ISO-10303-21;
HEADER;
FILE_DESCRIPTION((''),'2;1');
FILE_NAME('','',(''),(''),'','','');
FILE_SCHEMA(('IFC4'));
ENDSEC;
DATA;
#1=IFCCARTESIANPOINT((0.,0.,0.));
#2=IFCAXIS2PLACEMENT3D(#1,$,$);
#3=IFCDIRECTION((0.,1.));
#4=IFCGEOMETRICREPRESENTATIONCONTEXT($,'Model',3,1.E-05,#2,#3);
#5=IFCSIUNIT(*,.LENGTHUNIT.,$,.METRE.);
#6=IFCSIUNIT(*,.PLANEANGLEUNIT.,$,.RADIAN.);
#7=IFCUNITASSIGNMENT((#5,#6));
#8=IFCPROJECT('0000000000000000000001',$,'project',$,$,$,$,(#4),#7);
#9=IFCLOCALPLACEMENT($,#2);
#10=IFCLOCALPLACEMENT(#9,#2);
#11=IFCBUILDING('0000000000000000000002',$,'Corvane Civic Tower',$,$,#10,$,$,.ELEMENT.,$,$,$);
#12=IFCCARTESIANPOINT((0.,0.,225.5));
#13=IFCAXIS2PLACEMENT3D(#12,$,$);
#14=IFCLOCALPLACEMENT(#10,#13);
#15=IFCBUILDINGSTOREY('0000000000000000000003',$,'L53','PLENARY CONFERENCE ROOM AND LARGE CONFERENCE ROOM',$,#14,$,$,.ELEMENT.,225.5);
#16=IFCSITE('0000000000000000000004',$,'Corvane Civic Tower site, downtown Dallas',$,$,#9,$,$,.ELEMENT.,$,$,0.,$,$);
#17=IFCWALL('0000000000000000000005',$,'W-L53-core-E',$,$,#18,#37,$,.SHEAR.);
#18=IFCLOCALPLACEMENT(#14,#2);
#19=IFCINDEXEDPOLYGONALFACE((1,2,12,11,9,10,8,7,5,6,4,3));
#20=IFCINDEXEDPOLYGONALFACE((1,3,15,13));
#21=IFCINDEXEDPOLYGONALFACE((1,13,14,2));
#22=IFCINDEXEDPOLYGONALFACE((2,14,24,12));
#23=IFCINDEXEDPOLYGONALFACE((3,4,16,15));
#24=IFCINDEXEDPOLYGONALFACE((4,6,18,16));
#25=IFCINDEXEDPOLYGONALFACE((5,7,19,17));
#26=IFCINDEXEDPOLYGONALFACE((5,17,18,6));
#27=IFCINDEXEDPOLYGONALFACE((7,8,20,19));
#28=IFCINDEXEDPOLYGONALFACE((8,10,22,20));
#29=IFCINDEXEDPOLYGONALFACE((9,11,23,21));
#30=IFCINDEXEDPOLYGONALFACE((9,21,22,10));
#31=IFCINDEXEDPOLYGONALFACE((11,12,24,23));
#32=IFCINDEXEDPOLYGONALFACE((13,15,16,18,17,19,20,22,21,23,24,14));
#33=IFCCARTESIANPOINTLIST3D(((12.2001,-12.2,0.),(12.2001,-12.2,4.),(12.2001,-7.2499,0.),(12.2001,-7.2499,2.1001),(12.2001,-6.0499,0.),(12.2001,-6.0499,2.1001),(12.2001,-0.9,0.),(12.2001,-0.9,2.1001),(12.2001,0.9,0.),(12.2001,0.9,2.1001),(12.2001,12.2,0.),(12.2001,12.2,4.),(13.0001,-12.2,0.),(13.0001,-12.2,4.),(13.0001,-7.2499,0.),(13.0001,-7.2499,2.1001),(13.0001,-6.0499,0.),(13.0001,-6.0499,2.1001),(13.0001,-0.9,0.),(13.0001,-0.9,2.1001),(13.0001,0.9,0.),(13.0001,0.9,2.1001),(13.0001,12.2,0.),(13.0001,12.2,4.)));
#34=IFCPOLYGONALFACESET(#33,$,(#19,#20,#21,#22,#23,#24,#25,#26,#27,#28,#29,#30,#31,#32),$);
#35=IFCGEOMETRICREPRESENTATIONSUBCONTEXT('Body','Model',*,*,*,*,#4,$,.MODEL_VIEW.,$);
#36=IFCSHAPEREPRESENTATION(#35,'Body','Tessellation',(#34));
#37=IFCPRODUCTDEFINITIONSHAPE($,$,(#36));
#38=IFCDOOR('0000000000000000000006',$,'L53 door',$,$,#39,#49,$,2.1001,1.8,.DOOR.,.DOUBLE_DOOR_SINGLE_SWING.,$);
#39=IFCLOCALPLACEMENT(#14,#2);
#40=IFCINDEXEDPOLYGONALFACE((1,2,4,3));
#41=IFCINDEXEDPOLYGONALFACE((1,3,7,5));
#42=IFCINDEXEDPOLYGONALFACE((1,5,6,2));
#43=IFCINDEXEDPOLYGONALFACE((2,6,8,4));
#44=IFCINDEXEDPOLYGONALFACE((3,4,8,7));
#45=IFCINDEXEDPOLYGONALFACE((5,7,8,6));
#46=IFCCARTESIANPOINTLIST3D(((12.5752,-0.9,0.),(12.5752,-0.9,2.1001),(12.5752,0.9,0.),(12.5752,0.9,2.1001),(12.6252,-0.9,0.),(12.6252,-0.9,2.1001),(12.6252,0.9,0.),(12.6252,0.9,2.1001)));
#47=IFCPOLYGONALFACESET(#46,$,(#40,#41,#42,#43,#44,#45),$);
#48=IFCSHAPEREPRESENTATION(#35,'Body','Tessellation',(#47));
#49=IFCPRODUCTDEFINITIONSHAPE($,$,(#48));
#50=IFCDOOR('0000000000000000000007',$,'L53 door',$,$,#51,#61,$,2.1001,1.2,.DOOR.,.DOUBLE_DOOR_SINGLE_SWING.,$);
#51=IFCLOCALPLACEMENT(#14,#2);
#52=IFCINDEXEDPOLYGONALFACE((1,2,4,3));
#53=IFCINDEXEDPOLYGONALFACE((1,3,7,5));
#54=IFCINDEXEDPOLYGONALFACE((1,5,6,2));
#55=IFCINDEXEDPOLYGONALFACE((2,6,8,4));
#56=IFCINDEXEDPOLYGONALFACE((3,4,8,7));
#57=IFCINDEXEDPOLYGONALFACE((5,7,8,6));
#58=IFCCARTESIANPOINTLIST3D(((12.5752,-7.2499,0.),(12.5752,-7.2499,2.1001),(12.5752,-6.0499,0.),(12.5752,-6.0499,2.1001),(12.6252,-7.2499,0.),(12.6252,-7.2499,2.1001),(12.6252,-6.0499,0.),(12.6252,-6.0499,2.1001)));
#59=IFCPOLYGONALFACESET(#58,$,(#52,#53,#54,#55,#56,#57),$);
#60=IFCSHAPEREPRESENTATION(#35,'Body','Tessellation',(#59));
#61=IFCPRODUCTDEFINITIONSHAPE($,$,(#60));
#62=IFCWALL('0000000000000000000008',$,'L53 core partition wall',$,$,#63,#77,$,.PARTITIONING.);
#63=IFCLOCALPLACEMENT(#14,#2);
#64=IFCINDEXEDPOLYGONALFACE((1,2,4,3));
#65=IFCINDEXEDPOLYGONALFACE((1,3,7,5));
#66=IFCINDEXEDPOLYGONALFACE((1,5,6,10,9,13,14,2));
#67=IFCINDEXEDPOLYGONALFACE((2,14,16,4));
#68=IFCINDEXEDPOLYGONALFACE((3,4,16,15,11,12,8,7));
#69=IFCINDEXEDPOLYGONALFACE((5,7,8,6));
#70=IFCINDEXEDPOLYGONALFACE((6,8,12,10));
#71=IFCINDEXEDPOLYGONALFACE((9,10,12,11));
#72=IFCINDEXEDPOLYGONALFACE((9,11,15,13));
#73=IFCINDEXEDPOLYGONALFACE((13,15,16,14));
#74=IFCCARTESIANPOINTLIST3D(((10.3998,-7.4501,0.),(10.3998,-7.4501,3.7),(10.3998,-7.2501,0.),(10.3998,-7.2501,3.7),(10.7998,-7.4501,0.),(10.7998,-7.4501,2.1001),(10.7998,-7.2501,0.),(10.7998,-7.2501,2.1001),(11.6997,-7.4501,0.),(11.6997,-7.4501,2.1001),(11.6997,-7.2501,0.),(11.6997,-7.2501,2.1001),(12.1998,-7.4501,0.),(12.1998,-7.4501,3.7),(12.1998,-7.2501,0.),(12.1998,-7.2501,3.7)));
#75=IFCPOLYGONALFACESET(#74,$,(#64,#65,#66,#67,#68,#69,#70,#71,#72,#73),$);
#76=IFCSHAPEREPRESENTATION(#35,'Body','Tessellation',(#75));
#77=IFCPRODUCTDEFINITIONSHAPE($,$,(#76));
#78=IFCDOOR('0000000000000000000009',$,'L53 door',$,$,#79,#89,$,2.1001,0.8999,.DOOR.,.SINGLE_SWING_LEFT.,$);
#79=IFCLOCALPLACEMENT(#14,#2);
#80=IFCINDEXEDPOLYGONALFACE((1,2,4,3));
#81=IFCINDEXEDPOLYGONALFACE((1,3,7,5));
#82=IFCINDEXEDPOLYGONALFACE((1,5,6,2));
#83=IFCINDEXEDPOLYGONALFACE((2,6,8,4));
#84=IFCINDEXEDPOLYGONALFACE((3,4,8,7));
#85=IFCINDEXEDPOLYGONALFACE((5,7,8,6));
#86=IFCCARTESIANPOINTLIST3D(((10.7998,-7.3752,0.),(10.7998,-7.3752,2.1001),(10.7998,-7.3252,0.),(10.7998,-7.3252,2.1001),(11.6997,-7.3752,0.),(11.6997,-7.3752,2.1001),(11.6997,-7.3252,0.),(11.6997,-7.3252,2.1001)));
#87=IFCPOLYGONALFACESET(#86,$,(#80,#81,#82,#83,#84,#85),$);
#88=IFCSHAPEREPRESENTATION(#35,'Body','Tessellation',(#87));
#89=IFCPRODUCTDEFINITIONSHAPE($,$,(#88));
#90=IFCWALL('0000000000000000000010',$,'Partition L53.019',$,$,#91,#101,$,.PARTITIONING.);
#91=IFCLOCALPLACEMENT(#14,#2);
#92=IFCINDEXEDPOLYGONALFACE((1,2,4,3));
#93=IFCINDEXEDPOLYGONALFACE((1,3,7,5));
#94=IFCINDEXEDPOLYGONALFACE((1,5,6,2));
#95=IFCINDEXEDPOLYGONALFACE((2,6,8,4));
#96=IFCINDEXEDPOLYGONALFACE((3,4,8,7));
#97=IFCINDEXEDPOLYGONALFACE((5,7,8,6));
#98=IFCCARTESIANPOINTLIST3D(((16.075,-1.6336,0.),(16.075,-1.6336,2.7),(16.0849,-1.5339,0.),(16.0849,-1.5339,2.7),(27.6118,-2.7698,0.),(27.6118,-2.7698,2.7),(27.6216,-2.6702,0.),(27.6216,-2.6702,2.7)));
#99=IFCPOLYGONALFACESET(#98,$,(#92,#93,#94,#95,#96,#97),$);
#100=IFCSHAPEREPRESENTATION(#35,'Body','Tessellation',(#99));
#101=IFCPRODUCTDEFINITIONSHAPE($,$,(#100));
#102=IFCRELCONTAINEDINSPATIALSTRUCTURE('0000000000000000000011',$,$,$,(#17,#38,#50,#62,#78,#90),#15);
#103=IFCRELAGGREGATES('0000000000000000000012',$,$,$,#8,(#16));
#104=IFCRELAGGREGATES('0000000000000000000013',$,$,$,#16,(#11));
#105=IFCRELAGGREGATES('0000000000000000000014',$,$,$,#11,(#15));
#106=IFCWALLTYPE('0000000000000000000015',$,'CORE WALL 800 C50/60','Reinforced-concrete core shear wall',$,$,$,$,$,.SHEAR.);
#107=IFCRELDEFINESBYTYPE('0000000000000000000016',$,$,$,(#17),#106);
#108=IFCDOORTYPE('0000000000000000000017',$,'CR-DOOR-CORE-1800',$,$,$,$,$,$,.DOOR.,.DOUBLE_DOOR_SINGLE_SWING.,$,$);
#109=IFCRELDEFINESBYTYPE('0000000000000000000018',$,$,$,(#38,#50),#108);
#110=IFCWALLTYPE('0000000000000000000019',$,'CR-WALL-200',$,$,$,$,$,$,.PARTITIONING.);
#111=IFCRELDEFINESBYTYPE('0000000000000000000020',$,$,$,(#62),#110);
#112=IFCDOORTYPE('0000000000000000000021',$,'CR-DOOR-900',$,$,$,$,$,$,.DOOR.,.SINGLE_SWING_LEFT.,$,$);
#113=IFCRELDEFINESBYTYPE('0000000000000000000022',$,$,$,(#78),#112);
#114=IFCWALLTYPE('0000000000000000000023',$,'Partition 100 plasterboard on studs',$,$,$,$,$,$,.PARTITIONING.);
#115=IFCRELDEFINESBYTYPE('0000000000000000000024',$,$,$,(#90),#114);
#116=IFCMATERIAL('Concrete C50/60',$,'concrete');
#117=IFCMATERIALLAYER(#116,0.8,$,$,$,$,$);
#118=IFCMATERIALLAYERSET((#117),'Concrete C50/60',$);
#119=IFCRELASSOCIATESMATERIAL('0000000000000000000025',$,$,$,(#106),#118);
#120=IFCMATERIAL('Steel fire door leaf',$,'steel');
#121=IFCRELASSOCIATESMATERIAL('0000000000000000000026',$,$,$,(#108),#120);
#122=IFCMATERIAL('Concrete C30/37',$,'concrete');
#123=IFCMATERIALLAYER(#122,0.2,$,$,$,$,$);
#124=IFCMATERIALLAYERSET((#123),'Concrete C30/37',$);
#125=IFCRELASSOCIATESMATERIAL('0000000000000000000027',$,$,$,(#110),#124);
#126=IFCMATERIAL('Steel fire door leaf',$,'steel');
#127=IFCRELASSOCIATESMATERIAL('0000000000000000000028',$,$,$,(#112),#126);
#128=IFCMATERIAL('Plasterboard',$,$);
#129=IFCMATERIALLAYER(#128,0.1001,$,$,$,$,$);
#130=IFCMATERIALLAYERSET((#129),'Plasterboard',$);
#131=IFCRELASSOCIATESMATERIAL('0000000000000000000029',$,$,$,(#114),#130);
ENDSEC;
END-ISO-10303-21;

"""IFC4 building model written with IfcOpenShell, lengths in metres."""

from ifc_helpers import new_model, si_unit, direction, frame, frame_2d, origin, place, context, subcontext, project, spatial, rectangle, extrude, material, layer, layer_set, type_object, element, fill, save


model = new_model("IFC4")

# Units and contexts
model_context = context("Model", 3, precision=1e-05, world=origin(), true_north=direction((0.0, 1.0)))
body_context = subcontext(model_context, "Body", "Model", "MODEL_VIEW")
ifc_project = project(units=[si_unit("LENGTHUNIT", "METRE"), si_unit("PLANEANGLEUNIT", "RADIAN")], contexts=[model_context])

# Site, building, storey
site_placement = place(None, origin())
site = spatial("IfcSite", under=ifc_project, at=site_placement, Name="Corvane Civic Tower site, downtown Dallas", CompositionType="ELEMENT", RefElevation=0.0)
building_placement = place(site_placement, origin())
building = spatial("IfcBuilding", under=site, at=building_placement, Name="Corvane Civic Tower", CompositionType="ELEMENT")
storey_placement = place(building_placement, frame((0.0, 0.0, 225.5)))
storey = spatial("IfcBuildingStorey", under=building, at=storey_placement, Name="L53", Description="PLENARY CONFERENCE ROOM AND LARGE CONFERENCE ROOM", CompositionType="ELEMENT", Elevation=225.5)

# Wall, openings, doors
ifc_material_1 = material(Name="Concrete C50/60", Category="concrete")
ifc_layer_1 = layer(ifc_material_1, 0.8)
ifc_layer_set_1 = layer_set([ifc_layer_1], Name="Concrete C50/60")
wall_type_1 = type_object("IfcWallType", Name="CORE WALL 800 C50/60", Description="Reinforced-concrete core shear wall", PredefinedType="SHEAR", material=ifc_layer_set_1)
wall_1_placement = place(storey_placement, frame((12.6001, -12.2, 0.0), z_axis=(0.0, 0.0, 1.0), x_axis=(0.0, 1.0, 0.0)))
wall_1 = element("IfcWall", 1, at=wall_1_placement, inside=storey, type_object=wall_type_1, Name="W-L53-core-E", PredefinedType="SHEAR", context=body_context, shape_type="SweptSolid", body=[
    extrude(rectangle(XDim=24.3999, YDim=0.8, at=frame_2d((12.2, 0.0))), origin(), (0.0, 0.0, 1.0), 4.0),
])
opening_1_placement = place(wall_1_placement, frame((11.3, 0.0, 0.0)))
opening_1 = element("IfcOpeningElement", 2, at=opening_1_placement, cuts=wall_1, PredefinedType="OPENING", context=body_context, shape_type="SweptSolid", body=[
    extrude(rectangle(XDim=1.8, YDim=2.1001, at=frame_2d((0.8999, 1.05))), frame((0.0, 0.4099, 0.0), z_axis=(0.0, -1.0, 0.0), x_axis=(1.0, 0.0, 0.0)), (0.0, 0.0, 1.0), 0.8201),
])
opening_2_placement = place(wall_1_placement, frame((4.95, 0.0, 0.0)))
opening_2 = element("IfcOpeningElement", 3, at=opening_2_placement, cuts=wall_1, PredefinedType="OPENING", context=body_context, shape_type="SweptSolid", body=[
    extrude(rectangle(XDim=1.2, YDim=2.1001, at=frame_2d((0.6001, 1.05))), frame((0.0, 0.4099, 0.0), z_axis=(0.0, -1.0, 0.0), x_axis=(1.0, 0.0, 0.0)), (0.0, 0.0, 1.0), 0.8201),
])
ifc_material_2 = material(Name="Steel fire door leaf", Category="steel")
door_type_1 = type_object("IfcDoorType", Name="CR-DOOR-CORE-1800", OperationType="DOUBLE_DOOR_SINGLE_SWING", PredefinedType="DOOR", material=ifc_material_2)
door_1_placement = place(opening_1_placement, origin())
door_1 = element("IfcDoor", 4, at=door_1_placement, inside=storey, type_object=door_type_1, Name="L53 door", OperationType="DOUBLE_DOOR_SINGLE_SWING", OverallHeight=2.1001, OverallWidth=1.8, PredefinedType="DOOR", context=body_context, shape_type="SweptSolid", body=[
    extrude(rectangle(XDim=1.8, YDim=2.1001, at=frame_2d((0.8999, 1.05))), frame((0.0, 0.0249, 0.0), z_axis=(0.0, -1.0, 0.0), x_axis=(1.0, 0.0, 0.0)), (0.0, 0.0, 1.0), 0.05),
])
fill(opening_1, door_1)
door_2_placement = place(opening_2_placement, origin())
door_2 = element("IfcDoor", 5, at=door_2_placement, inside=storey, type_object=door_type_1, Name="L53 door", OperationType="DOUBLE_DOOR_SINGLE_SWING", OverallHeight=2.1001, OverallWidth=1.2, PredefinedType="DOOR", context=body_context, shape_type="SweptSolid", body=[
    extrude(rectangle(XDim=1.2, YDim=2.1001, at=frame_2d((0.6001, 1.05))), frame((0.0, 0.0249, 0.0), z_axis=(0.0, -1.0, 0.0), x_axis=(1.0, 0.0, 0.0)), (0.0, 0.0, 1.0), 0.05),
])
fill(opening_2, door_2)

# Wall, opening, door
ifc_material_3 = material(Name="Concrete C30/37", Category="concrete")
ifc_layer_2 = layer(ifc_material_3, 0.2)
ifc_layer_set_2 = layer_set([ifc_layer_2], Name="Concrete C30/37")
wall_type_2 = type_object("IfcWallType", Name="CR-WALL-200", PredefinedType="PARTITIONING", material=ifc_layer_set_2)
wall_2_placement = place(storey_placement, frame((10.3999, -7.3501, 0.0), z_axis=(0.0, 0.0, 1.0), x_axis=(1.0, 0.0, 0.0)))
wall_2 = element("IfcWall", 6, at=wall_2_placement, inside=storey, type_object=wall_type_2, Name="L53 core partition wall", PredefinedType="PARTITIONING", context=body_context, shape_type="SweptSolid", body=[
    extrude(rectangle(XDim=1.8, YDim=0.2, at=frame_2d((0.8999, 0.0))), origin(), (0.0, 0.0, 1.0), 3.7),
])
opening_3_placement = place(wall_2_placement, frame((0.3999, 0.0, 0.0)))
opening_3 = element("IfcOpeningElement", 7, at=opening_3_placement, cuts=wall_2, PredefinedType="OPENING", context=body_context, shape_type="SweptSolid", body=[
    extrude(rectangle(XDim=0.8999, YDim=2.1001, at=frame_2d((0.45, 1.05))), frame((0.0, 0.1099, 0.0), z_axis=(0.0, -1.0, 0.0), x_axis=(1.0, 0.0, 0.0)), (0.0, 0.0, 1.0), 0.22),
])
ifc_material_4 = material(Name="Steel fire door leaf", Category="steel")
door_type_2 = type_object("IfcDoorType", Name="CR-DOOR-900", OperationType="SINGLE_SWING_LEFT", PredefinedType="DOOR", material=ifc_material_4)
door_3_placement = place(opening_3_placement, origin())
door_3 = element("IfcDoor", 8, at=door_3_placement, inside=storey, type_object=door_type_2, Name="L53 door", OperationType="SINGLE_SWING_LEFT", OverallHeight=2.1001, OverallWidth=0.8999, PredefinedType="DOOR", context=body_context, shape_type="SweptSolid", body=[
    extrude(rectangle(XDim=0.8999, YDim=2.1001, at=frame_2d((0.45, 1.05))), frame((0.0, 0.0249, 0.0), z_axis=(0.0, -1.0, 0.0), x_axis=(1.0, 0.0, 0.0)), (0.0, 0.0, 1.0), 0.05),
])
fill(opening_3, door_3)

# Wall
ifc_material_5 = material(Name="Plasterboard")
ifc_layer_3 = layer(ifc_material_5, 0.1001)
ifc_layer_set_3 = layer_set([ifc_layer_3], Name="Plasterboard")
wall_type_3 = type_object("IfcWallType", Name="Partition 100 plasterboard on studs", PredefinedType="PARTITIONING", material=ifc_layer_set_3)
wall_3_placement = place(storey_placement, frame((16.0798, -1.5837, 0.0), z_axis=(0.0, 0.0, 1.0), x_axis=(0.995185, -0.098015, 0.0)))
element("IfcWall", 9, at=wall_3_placement, inside=storey, type_object=wall_type_3, Name="Partition L53.019", PredefinedType="PARTITIONING", context=body_context, shape_type="SweptSolid", body=[
    extrude(rectangle(XDim=11.5925, YDim=0.1001, at=frame_2d((5.7964, 0.0))), origin(), (0.0, 0.0, 1.0), 2.7),
])

save(model, "model.ifc")
